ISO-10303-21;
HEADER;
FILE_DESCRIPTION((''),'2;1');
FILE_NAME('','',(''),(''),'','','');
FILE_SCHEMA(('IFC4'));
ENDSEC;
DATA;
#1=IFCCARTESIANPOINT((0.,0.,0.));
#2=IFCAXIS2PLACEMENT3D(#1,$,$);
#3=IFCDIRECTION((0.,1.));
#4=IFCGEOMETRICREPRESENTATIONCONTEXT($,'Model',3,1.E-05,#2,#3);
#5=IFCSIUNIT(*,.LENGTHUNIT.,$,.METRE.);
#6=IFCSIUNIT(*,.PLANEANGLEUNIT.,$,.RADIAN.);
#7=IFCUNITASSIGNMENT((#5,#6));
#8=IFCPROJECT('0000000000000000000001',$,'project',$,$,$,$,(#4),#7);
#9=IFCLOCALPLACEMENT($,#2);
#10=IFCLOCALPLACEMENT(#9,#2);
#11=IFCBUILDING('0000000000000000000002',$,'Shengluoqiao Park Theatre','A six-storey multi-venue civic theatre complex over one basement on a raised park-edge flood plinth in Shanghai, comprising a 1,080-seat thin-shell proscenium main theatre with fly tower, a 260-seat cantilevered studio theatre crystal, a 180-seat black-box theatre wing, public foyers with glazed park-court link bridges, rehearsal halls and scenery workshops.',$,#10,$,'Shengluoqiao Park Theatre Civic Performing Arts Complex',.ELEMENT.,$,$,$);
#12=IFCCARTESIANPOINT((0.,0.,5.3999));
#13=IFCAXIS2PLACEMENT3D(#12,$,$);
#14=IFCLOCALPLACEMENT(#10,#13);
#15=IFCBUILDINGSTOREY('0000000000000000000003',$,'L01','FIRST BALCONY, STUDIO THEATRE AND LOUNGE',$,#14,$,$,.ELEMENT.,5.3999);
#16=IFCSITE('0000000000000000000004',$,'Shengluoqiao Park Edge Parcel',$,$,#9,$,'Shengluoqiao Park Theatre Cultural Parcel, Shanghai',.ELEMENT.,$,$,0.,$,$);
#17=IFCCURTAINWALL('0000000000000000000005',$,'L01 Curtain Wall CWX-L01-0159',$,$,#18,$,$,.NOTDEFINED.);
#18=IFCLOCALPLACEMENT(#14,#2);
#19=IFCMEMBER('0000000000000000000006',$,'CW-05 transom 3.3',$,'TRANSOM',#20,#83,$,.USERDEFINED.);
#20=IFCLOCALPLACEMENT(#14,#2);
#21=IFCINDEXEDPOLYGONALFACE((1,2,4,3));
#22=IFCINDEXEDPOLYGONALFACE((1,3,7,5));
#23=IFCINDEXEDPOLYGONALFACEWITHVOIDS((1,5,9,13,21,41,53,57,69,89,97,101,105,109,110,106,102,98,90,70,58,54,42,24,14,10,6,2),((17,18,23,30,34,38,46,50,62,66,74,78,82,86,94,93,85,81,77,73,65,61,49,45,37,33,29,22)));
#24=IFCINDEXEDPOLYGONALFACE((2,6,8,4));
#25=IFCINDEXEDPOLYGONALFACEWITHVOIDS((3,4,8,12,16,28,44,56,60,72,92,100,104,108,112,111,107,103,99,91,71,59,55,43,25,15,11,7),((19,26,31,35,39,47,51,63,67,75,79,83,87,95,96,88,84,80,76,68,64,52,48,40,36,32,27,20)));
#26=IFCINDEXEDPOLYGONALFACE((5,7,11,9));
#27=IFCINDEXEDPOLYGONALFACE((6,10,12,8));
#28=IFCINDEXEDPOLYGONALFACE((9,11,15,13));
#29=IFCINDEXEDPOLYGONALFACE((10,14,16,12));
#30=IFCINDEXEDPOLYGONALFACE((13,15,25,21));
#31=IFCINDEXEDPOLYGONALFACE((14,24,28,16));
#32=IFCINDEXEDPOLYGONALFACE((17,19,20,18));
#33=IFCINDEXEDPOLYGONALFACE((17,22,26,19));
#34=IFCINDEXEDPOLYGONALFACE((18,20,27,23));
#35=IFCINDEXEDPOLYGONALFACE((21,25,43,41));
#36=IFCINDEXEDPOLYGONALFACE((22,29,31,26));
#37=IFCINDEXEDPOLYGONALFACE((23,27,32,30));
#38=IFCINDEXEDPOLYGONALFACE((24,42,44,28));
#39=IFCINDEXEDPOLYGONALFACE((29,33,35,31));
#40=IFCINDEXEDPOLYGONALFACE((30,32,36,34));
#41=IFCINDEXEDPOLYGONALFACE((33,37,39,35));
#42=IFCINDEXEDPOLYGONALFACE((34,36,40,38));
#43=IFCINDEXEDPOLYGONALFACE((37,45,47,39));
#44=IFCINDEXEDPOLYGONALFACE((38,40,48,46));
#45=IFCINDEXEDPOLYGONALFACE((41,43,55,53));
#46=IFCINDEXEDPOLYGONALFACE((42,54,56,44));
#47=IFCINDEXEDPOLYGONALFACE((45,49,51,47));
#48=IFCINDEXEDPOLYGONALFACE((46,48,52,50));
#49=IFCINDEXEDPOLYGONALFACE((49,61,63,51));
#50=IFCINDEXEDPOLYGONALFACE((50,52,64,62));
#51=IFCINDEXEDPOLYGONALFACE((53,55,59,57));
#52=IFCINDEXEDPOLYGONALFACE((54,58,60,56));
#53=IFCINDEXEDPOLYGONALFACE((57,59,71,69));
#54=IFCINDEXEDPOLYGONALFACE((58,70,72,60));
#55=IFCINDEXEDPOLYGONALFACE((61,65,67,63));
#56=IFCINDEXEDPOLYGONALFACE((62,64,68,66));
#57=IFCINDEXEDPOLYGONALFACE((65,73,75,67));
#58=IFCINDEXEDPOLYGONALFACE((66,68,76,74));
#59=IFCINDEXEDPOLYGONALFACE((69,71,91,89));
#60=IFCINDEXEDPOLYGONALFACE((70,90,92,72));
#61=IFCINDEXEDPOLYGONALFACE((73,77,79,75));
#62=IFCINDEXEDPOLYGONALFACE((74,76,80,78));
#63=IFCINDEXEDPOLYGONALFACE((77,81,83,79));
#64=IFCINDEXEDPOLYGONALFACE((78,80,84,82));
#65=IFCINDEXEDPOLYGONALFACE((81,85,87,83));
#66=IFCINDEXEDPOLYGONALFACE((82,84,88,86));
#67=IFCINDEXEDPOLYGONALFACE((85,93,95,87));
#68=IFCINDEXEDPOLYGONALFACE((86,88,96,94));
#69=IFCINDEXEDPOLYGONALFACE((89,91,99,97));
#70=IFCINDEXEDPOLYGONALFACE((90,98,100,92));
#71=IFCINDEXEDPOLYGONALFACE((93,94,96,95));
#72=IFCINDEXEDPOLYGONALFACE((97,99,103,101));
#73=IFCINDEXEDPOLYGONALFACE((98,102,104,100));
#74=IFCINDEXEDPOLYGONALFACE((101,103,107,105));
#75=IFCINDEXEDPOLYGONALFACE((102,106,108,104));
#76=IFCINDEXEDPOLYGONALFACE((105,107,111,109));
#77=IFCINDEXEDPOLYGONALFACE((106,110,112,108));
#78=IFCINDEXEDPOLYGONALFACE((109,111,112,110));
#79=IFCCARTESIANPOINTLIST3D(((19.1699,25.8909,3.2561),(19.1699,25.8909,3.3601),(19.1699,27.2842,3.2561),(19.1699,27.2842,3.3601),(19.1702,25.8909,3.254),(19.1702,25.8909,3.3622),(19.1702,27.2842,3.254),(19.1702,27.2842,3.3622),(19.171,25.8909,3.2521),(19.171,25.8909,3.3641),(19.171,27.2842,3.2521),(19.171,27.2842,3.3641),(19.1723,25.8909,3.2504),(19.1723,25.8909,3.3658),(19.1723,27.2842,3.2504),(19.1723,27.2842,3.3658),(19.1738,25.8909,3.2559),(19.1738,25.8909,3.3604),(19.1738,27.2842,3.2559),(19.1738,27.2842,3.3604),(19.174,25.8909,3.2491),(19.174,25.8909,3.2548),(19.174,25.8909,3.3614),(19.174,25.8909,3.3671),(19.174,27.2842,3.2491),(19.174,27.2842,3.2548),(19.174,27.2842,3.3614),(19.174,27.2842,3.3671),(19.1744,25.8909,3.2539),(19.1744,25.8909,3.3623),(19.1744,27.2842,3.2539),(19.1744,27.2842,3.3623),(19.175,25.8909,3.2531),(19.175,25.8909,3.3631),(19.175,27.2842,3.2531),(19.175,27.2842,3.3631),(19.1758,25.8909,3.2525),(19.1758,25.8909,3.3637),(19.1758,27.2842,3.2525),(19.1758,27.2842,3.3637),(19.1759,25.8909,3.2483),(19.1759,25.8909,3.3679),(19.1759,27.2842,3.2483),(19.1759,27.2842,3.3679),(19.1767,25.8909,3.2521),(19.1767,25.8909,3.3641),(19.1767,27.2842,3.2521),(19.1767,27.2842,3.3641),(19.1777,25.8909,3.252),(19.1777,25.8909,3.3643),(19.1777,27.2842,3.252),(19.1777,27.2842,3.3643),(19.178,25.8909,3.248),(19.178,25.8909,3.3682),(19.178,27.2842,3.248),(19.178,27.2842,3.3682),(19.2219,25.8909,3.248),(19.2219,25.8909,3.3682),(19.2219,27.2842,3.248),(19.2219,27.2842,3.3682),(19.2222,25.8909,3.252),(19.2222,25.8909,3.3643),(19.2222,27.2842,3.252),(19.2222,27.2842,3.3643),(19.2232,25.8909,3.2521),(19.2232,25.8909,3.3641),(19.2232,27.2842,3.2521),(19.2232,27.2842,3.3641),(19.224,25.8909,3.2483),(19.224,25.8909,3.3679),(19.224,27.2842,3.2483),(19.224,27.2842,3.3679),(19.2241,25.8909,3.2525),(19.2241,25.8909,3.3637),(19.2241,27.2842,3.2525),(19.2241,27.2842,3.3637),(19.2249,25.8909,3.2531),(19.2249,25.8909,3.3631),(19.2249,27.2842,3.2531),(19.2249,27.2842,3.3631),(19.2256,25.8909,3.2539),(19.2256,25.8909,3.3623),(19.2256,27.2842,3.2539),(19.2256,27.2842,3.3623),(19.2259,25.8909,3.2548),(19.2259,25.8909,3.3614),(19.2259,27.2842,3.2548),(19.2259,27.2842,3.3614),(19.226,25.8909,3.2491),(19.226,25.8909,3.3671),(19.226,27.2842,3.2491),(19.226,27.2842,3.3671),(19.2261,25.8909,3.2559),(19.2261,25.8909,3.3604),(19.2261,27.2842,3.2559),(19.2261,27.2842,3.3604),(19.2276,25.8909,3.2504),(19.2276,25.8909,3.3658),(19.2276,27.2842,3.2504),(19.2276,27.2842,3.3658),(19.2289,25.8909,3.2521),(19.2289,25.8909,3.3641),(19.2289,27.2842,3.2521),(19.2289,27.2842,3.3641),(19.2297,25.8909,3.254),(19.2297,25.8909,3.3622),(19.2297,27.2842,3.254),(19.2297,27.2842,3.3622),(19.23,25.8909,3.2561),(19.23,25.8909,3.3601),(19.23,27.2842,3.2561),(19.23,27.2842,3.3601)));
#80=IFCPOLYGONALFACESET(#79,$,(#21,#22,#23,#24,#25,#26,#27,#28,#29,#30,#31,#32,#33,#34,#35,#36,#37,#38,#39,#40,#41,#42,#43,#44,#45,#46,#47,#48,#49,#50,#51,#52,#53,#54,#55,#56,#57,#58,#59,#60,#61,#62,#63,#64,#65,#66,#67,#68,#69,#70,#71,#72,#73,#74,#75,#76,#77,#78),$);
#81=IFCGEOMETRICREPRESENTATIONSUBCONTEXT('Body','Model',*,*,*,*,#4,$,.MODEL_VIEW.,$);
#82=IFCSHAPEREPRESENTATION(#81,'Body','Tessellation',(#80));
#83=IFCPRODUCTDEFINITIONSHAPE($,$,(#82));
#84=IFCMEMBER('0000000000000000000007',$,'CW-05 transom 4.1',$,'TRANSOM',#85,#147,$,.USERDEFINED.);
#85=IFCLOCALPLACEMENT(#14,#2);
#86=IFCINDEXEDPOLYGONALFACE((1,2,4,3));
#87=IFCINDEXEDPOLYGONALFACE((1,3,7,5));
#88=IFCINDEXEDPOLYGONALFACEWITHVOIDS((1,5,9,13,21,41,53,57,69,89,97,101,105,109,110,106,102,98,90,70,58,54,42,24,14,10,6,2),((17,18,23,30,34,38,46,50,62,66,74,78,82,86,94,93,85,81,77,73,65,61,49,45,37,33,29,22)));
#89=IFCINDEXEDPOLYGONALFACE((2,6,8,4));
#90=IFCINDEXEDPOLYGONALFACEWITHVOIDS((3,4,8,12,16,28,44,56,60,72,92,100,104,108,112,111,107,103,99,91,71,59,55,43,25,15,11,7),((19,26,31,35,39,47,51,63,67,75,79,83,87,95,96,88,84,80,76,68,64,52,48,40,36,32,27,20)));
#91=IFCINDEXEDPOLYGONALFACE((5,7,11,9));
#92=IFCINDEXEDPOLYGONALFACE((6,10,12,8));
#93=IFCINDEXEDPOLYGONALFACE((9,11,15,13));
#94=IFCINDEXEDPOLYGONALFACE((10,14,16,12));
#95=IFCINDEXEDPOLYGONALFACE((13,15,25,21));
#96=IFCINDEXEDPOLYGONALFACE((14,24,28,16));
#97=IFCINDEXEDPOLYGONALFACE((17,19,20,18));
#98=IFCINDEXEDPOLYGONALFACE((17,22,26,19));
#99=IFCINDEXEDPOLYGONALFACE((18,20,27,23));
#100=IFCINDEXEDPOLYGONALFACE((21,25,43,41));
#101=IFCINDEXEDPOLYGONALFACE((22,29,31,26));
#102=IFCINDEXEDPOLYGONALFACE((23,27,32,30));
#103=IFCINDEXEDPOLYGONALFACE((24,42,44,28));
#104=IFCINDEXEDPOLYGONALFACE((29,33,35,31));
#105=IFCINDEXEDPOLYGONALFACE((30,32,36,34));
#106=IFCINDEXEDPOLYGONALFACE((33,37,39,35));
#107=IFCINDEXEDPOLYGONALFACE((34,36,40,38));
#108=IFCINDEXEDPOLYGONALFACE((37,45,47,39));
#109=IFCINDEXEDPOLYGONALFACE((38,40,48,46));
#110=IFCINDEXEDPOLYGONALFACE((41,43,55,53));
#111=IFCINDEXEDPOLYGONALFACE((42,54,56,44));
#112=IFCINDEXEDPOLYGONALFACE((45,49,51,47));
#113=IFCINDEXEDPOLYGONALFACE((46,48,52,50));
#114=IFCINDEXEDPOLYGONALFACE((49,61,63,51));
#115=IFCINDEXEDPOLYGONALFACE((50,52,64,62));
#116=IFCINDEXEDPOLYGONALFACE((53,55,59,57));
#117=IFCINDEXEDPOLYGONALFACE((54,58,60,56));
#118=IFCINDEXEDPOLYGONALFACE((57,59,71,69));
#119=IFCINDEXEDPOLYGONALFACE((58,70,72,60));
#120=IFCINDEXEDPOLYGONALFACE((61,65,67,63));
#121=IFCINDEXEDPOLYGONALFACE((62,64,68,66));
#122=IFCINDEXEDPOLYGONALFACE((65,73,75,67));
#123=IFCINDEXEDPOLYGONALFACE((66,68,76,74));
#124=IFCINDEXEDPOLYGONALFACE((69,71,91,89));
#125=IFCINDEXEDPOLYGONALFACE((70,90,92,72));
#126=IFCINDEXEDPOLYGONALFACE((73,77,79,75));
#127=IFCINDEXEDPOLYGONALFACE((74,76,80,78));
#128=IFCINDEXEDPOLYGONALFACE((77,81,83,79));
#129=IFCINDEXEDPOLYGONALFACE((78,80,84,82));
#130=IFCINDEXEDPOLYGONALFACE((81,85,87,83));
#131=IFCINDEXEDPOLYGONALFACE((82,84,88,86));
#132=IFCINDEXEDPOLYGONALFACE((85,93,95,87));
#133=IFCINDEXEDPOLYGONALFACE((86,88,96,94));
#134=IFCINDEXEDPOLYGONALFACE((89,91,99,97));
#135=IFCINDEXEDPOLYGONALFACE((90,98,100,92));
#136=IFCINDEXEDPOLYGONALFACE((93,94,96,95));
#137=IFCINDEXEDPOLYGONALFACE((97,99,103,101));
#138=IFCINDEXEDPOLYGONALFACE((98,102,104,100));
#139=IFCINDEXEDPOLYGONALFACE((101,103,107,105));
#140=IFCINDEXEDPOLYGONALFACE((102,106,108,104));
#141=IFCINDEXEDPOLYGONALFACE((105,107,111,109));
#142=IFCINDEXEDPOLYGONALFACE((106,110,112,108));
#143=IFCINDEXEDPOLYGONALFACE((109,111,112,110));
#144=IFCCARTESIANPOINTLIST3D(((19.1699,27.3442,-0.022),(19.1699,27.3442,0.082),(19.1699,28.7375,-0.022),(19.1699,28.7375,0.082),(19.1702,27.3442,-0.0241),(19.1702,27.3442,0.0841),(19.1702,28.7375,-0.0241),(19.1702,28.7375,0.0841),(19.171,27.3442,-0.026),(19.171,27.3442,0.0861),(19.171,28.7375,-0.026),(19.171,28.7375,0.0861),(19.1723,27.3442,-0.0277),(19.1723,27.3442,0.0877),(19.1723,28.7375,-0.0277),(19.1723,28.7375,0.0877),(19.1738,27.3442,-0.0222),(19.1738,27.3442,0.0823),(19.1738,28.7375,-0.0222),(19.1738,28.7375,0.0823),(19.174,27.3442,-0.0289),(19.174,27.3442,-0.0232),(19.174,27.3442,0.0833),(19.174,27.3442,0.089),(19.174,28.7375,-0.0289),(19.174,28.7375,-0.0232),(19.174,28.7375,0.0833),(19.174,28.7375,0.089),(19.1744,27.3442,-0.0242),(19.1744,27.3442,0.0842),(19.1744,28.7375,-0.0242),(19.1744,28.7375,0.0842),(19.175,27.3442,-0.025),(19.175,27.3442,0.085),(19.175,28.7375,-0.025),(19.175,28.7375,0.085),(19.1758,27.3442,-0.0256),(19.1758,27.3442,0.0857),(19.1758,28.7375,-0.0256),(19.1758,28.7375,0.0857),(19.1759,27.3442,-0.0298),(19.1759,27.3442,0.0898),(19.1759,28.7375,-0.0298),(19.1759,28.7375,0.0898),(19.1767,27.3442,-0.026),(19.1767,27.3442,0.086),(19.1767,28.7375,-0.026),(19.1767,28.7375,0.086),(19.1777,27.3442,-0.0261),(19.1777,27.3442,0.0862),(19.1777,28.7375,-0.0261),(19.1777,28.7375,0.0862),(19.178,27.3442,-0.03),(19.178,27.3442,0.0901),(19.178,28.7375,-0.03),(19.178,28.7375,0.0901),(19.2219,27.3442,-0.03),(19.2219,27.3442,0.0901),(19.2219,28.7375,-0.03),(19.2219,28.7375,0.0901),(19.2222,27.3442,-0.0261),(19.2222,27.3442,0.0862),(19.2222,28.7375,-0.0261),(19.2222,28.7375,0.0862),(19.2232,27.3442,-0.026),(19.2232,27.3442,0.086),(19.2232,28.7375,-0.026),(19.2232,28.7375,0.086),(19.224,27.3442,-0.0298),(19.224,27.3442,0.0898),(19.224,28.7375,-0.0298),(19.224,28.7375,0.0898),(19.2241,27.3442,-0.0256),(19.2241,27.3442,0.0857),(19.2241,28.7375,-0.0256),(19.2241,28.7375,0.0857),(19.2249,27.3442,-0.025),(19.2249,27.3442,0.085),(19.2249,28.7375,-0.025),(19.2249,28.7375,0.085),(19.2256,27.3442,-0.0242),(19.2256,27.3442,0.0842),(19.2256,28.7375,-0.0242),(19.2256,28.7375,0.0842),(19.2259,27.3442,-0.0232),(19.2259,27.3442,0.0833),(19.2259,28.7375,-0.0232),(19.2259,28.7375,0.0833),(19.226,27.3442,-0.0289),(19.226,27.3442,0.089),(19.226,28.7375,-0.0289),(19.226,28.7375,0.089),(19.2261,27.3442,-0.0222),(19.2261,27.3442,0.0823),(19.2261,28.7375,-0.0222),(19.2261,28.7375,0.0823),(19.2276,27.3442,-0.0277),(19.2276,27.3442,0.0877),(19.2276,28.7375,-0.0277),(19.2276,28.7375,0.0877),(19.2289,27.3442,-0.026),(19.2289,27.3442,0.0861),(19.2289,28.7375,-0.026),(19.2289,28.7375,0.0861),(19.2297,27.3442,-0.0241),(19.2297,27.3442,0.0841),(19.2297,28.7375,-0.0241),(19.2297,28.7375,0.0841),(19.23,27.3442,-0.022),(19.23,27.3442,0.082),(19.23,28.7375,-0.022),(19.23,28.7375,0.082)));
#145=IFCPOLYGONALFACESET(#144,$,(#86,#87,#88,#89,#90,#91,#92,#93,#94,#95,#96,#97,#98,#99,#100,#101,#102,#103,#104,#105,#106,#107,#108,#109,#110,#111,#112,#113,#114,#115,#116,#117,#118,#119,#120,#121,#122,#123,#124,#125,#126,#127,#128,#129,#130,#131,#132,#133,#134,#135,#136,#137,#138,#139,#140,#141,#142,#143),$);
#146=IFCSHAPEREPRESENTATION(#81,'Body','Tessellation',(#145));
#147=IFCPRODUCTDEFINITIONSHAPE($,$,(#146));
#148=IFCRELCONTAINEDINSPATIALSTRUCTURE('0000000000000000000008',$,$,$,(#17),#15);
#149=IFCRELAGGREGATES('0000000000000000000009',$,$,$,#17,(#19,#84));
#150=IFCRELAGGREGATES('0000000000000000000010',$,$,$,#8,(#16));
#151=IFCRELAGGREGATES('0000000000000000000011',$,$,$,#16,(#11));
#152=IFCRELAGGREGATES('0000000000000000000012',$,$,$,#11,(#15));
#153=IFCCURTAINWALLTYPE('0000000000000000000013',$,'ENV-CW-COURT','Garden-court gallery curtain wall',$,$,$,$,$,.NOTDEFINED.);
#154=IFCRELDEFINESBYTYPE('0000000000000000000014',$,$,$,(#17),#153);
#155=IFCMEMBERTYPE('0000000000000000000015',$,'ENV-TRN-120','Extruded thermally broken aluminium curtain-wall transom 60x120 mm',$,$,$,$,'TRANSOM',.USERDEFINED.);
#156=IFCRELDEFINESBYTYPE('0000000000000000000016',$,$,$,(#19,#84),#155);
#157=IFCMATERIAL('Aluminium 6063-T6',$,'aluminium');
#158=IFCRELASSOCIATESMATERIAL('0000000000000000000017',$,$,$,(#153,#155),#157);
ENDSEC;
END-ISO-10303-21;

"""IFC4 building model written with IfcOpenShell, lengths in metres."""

from ifc_helpers import new_model, si_unit, direction, frame, origin, origin_2d, place, context, subcontext, project, spatial, hollow_rectangle, extrude, material, material_profile, profile_set, type_object, element, aggregate, save


model = new_model("IFC4")

# Units and contexts
model_context = context("Model", 3, precision=1e-05, world=origin(), true_north=direction((0.0, 1.0)))
body_context = subcontext(model_context, "Body", "Model", "MODEL_VIEW")
ifc_project = project(units=[si_unit("LENGTHUNIT", "METRE"), si_unit("PLANEANGLEUNIT", "RADIAN")], contexts=[model_context])

# Site, building, storey
site_placement = place(None, origin())
site = spatial("IfcSite", under=ifc_project, at=site_placement, Name="Shengluoqiao Park Edge Parcel", LongName="Shengluoqiao Park Theatre Cultural Parcel, Shanghai", CompositionType="ELEMENT", RefElevation=0.0)
building_placement = place(site_placement, origin())
building = spatial("IfcBuilding", under=site, at=building_placement, Name="Shengluoqiao Park Theatre", Description="A six-storey multi-venue civic theatre complex over one basement on a raised park-edge flood plinth in Shanghai, comprising a 1,080-seat thin-shell proscenium main theatre with fly tower, a 260-seat cantilevered studio theatre crystal, a 180-seat black-box theatre wing, public foyers with glazed park-court link bridges, rehearsal halls and scenery workshops.", LongName="Shengluoqiao Park Theatre Civic Performing Arts Complex", CompositionType="ELEMENT")
storey_placement = place(building_placement, frame((0.0, 0.0, 5.3999)))
storey = spatial("IfcBuildingStorey", under=building, at=storey_placement, Name="L01", Description="FIRST BALCONY, STUDIO THEATRE AND LOUNGE", CompositionType="ELEMENT", Elevation=5.3999)

# Shared definitions
ifc_material_1 = material(Name="Aluminium 6063-T6", Category="aluminium")

# Curtain wall, members
curtain_wall_type_1 = type_object("IfcCurtainWallType", Name="ENV-CW-COURT", Description="Garden-court gallery curtain wall", PredefinedType="NOTDEFINED", material=ifc_material_1)
curtain_wall_1_placement = place(storey_placement, origin())
curtain_wall_1 = element("IfcCurtainWall", 1, at=curtain_wall_1_placement, inside=storey, type_object=curtain_wall_type_1, Name="L01 Curtain Wall CWX-L01-0159", PredefinedType="NOTDEFINED")
ifc_material_profile_1 = material_profile(ifc_material_1, hollow_rectangle(XDim=0.0601, YDim=0.1201, WallThickness=0.0039, InnerFilletRadius=0.0039, OuterFilletRadius=0.0081, at=origin_2d()), Name="ALU TRANSOM 120x60x4")
ifc_profile_set_1 = profile_set([ifc_material_profile_1], Name="Aluminium 6063-T6")
member_type_1 = type_object("IfcMemberType", Name="ENV-TRN-120", Description="Extruded thermally broken aluminium curtain-wall transom 60x120 mm", ElementType="TRANSOM", PredefinedType="USERDEFINED", material=ifc_profile_set_1)
member_1_placement = place(storey_placement, frame((19.2, 25.8909, 3.3081), z_axis=(0.0, 1.0, 0.0), x_axis=(-1.0, 0.0, 0.0)))
member_1 = element("IfcMember", 2, at=member_1_placement, type_object=member_type_1, Name="CW-05 transom 3.3", ObjectType="TRANSOM", PredefinedType="USERDEFINED", context=body_context, shape_type="SweptSolid", body=[
    extrude(hollow_rectangle(XDim=0.0601, YDim=0.1201, WallThickness=0.0039, InnerFilletRadius=0.0039, OuterFilletRadius=0.0081, at=origin_2d()), origin(), (0.0, 0.0, 1.0), 1.3933),
])
member_2_placement = place(storey_placement, frame((19.2, 27.3442, 0.03), z_axis=(0.0, 1.0, 0.0), x_axis=(-1.0, 0.0, 0.0)))
member_2 = element("IfcMember", 3, at=member_2_placement, type_object=member_type_1, Name="CW-05 transom 4.1", ObjectType="TRANSOM", PredefinedType="USERDEFINED", context=body_context, shape_type="SweptSolid", body=[
    extrude(hollow_rectangle(XDim=0.0601, YDim=0.1201, WallThickness=0.0039, InnerFilletRadius=0.0039, OuterFilletRadius=0.0081, at=origin_2d()), origin(), (0.0, 0.0, 1.0), 1.3933),
])

aggregate(curtain_wall_1, [member_1, member_2])

save(model, "model.ifc")
